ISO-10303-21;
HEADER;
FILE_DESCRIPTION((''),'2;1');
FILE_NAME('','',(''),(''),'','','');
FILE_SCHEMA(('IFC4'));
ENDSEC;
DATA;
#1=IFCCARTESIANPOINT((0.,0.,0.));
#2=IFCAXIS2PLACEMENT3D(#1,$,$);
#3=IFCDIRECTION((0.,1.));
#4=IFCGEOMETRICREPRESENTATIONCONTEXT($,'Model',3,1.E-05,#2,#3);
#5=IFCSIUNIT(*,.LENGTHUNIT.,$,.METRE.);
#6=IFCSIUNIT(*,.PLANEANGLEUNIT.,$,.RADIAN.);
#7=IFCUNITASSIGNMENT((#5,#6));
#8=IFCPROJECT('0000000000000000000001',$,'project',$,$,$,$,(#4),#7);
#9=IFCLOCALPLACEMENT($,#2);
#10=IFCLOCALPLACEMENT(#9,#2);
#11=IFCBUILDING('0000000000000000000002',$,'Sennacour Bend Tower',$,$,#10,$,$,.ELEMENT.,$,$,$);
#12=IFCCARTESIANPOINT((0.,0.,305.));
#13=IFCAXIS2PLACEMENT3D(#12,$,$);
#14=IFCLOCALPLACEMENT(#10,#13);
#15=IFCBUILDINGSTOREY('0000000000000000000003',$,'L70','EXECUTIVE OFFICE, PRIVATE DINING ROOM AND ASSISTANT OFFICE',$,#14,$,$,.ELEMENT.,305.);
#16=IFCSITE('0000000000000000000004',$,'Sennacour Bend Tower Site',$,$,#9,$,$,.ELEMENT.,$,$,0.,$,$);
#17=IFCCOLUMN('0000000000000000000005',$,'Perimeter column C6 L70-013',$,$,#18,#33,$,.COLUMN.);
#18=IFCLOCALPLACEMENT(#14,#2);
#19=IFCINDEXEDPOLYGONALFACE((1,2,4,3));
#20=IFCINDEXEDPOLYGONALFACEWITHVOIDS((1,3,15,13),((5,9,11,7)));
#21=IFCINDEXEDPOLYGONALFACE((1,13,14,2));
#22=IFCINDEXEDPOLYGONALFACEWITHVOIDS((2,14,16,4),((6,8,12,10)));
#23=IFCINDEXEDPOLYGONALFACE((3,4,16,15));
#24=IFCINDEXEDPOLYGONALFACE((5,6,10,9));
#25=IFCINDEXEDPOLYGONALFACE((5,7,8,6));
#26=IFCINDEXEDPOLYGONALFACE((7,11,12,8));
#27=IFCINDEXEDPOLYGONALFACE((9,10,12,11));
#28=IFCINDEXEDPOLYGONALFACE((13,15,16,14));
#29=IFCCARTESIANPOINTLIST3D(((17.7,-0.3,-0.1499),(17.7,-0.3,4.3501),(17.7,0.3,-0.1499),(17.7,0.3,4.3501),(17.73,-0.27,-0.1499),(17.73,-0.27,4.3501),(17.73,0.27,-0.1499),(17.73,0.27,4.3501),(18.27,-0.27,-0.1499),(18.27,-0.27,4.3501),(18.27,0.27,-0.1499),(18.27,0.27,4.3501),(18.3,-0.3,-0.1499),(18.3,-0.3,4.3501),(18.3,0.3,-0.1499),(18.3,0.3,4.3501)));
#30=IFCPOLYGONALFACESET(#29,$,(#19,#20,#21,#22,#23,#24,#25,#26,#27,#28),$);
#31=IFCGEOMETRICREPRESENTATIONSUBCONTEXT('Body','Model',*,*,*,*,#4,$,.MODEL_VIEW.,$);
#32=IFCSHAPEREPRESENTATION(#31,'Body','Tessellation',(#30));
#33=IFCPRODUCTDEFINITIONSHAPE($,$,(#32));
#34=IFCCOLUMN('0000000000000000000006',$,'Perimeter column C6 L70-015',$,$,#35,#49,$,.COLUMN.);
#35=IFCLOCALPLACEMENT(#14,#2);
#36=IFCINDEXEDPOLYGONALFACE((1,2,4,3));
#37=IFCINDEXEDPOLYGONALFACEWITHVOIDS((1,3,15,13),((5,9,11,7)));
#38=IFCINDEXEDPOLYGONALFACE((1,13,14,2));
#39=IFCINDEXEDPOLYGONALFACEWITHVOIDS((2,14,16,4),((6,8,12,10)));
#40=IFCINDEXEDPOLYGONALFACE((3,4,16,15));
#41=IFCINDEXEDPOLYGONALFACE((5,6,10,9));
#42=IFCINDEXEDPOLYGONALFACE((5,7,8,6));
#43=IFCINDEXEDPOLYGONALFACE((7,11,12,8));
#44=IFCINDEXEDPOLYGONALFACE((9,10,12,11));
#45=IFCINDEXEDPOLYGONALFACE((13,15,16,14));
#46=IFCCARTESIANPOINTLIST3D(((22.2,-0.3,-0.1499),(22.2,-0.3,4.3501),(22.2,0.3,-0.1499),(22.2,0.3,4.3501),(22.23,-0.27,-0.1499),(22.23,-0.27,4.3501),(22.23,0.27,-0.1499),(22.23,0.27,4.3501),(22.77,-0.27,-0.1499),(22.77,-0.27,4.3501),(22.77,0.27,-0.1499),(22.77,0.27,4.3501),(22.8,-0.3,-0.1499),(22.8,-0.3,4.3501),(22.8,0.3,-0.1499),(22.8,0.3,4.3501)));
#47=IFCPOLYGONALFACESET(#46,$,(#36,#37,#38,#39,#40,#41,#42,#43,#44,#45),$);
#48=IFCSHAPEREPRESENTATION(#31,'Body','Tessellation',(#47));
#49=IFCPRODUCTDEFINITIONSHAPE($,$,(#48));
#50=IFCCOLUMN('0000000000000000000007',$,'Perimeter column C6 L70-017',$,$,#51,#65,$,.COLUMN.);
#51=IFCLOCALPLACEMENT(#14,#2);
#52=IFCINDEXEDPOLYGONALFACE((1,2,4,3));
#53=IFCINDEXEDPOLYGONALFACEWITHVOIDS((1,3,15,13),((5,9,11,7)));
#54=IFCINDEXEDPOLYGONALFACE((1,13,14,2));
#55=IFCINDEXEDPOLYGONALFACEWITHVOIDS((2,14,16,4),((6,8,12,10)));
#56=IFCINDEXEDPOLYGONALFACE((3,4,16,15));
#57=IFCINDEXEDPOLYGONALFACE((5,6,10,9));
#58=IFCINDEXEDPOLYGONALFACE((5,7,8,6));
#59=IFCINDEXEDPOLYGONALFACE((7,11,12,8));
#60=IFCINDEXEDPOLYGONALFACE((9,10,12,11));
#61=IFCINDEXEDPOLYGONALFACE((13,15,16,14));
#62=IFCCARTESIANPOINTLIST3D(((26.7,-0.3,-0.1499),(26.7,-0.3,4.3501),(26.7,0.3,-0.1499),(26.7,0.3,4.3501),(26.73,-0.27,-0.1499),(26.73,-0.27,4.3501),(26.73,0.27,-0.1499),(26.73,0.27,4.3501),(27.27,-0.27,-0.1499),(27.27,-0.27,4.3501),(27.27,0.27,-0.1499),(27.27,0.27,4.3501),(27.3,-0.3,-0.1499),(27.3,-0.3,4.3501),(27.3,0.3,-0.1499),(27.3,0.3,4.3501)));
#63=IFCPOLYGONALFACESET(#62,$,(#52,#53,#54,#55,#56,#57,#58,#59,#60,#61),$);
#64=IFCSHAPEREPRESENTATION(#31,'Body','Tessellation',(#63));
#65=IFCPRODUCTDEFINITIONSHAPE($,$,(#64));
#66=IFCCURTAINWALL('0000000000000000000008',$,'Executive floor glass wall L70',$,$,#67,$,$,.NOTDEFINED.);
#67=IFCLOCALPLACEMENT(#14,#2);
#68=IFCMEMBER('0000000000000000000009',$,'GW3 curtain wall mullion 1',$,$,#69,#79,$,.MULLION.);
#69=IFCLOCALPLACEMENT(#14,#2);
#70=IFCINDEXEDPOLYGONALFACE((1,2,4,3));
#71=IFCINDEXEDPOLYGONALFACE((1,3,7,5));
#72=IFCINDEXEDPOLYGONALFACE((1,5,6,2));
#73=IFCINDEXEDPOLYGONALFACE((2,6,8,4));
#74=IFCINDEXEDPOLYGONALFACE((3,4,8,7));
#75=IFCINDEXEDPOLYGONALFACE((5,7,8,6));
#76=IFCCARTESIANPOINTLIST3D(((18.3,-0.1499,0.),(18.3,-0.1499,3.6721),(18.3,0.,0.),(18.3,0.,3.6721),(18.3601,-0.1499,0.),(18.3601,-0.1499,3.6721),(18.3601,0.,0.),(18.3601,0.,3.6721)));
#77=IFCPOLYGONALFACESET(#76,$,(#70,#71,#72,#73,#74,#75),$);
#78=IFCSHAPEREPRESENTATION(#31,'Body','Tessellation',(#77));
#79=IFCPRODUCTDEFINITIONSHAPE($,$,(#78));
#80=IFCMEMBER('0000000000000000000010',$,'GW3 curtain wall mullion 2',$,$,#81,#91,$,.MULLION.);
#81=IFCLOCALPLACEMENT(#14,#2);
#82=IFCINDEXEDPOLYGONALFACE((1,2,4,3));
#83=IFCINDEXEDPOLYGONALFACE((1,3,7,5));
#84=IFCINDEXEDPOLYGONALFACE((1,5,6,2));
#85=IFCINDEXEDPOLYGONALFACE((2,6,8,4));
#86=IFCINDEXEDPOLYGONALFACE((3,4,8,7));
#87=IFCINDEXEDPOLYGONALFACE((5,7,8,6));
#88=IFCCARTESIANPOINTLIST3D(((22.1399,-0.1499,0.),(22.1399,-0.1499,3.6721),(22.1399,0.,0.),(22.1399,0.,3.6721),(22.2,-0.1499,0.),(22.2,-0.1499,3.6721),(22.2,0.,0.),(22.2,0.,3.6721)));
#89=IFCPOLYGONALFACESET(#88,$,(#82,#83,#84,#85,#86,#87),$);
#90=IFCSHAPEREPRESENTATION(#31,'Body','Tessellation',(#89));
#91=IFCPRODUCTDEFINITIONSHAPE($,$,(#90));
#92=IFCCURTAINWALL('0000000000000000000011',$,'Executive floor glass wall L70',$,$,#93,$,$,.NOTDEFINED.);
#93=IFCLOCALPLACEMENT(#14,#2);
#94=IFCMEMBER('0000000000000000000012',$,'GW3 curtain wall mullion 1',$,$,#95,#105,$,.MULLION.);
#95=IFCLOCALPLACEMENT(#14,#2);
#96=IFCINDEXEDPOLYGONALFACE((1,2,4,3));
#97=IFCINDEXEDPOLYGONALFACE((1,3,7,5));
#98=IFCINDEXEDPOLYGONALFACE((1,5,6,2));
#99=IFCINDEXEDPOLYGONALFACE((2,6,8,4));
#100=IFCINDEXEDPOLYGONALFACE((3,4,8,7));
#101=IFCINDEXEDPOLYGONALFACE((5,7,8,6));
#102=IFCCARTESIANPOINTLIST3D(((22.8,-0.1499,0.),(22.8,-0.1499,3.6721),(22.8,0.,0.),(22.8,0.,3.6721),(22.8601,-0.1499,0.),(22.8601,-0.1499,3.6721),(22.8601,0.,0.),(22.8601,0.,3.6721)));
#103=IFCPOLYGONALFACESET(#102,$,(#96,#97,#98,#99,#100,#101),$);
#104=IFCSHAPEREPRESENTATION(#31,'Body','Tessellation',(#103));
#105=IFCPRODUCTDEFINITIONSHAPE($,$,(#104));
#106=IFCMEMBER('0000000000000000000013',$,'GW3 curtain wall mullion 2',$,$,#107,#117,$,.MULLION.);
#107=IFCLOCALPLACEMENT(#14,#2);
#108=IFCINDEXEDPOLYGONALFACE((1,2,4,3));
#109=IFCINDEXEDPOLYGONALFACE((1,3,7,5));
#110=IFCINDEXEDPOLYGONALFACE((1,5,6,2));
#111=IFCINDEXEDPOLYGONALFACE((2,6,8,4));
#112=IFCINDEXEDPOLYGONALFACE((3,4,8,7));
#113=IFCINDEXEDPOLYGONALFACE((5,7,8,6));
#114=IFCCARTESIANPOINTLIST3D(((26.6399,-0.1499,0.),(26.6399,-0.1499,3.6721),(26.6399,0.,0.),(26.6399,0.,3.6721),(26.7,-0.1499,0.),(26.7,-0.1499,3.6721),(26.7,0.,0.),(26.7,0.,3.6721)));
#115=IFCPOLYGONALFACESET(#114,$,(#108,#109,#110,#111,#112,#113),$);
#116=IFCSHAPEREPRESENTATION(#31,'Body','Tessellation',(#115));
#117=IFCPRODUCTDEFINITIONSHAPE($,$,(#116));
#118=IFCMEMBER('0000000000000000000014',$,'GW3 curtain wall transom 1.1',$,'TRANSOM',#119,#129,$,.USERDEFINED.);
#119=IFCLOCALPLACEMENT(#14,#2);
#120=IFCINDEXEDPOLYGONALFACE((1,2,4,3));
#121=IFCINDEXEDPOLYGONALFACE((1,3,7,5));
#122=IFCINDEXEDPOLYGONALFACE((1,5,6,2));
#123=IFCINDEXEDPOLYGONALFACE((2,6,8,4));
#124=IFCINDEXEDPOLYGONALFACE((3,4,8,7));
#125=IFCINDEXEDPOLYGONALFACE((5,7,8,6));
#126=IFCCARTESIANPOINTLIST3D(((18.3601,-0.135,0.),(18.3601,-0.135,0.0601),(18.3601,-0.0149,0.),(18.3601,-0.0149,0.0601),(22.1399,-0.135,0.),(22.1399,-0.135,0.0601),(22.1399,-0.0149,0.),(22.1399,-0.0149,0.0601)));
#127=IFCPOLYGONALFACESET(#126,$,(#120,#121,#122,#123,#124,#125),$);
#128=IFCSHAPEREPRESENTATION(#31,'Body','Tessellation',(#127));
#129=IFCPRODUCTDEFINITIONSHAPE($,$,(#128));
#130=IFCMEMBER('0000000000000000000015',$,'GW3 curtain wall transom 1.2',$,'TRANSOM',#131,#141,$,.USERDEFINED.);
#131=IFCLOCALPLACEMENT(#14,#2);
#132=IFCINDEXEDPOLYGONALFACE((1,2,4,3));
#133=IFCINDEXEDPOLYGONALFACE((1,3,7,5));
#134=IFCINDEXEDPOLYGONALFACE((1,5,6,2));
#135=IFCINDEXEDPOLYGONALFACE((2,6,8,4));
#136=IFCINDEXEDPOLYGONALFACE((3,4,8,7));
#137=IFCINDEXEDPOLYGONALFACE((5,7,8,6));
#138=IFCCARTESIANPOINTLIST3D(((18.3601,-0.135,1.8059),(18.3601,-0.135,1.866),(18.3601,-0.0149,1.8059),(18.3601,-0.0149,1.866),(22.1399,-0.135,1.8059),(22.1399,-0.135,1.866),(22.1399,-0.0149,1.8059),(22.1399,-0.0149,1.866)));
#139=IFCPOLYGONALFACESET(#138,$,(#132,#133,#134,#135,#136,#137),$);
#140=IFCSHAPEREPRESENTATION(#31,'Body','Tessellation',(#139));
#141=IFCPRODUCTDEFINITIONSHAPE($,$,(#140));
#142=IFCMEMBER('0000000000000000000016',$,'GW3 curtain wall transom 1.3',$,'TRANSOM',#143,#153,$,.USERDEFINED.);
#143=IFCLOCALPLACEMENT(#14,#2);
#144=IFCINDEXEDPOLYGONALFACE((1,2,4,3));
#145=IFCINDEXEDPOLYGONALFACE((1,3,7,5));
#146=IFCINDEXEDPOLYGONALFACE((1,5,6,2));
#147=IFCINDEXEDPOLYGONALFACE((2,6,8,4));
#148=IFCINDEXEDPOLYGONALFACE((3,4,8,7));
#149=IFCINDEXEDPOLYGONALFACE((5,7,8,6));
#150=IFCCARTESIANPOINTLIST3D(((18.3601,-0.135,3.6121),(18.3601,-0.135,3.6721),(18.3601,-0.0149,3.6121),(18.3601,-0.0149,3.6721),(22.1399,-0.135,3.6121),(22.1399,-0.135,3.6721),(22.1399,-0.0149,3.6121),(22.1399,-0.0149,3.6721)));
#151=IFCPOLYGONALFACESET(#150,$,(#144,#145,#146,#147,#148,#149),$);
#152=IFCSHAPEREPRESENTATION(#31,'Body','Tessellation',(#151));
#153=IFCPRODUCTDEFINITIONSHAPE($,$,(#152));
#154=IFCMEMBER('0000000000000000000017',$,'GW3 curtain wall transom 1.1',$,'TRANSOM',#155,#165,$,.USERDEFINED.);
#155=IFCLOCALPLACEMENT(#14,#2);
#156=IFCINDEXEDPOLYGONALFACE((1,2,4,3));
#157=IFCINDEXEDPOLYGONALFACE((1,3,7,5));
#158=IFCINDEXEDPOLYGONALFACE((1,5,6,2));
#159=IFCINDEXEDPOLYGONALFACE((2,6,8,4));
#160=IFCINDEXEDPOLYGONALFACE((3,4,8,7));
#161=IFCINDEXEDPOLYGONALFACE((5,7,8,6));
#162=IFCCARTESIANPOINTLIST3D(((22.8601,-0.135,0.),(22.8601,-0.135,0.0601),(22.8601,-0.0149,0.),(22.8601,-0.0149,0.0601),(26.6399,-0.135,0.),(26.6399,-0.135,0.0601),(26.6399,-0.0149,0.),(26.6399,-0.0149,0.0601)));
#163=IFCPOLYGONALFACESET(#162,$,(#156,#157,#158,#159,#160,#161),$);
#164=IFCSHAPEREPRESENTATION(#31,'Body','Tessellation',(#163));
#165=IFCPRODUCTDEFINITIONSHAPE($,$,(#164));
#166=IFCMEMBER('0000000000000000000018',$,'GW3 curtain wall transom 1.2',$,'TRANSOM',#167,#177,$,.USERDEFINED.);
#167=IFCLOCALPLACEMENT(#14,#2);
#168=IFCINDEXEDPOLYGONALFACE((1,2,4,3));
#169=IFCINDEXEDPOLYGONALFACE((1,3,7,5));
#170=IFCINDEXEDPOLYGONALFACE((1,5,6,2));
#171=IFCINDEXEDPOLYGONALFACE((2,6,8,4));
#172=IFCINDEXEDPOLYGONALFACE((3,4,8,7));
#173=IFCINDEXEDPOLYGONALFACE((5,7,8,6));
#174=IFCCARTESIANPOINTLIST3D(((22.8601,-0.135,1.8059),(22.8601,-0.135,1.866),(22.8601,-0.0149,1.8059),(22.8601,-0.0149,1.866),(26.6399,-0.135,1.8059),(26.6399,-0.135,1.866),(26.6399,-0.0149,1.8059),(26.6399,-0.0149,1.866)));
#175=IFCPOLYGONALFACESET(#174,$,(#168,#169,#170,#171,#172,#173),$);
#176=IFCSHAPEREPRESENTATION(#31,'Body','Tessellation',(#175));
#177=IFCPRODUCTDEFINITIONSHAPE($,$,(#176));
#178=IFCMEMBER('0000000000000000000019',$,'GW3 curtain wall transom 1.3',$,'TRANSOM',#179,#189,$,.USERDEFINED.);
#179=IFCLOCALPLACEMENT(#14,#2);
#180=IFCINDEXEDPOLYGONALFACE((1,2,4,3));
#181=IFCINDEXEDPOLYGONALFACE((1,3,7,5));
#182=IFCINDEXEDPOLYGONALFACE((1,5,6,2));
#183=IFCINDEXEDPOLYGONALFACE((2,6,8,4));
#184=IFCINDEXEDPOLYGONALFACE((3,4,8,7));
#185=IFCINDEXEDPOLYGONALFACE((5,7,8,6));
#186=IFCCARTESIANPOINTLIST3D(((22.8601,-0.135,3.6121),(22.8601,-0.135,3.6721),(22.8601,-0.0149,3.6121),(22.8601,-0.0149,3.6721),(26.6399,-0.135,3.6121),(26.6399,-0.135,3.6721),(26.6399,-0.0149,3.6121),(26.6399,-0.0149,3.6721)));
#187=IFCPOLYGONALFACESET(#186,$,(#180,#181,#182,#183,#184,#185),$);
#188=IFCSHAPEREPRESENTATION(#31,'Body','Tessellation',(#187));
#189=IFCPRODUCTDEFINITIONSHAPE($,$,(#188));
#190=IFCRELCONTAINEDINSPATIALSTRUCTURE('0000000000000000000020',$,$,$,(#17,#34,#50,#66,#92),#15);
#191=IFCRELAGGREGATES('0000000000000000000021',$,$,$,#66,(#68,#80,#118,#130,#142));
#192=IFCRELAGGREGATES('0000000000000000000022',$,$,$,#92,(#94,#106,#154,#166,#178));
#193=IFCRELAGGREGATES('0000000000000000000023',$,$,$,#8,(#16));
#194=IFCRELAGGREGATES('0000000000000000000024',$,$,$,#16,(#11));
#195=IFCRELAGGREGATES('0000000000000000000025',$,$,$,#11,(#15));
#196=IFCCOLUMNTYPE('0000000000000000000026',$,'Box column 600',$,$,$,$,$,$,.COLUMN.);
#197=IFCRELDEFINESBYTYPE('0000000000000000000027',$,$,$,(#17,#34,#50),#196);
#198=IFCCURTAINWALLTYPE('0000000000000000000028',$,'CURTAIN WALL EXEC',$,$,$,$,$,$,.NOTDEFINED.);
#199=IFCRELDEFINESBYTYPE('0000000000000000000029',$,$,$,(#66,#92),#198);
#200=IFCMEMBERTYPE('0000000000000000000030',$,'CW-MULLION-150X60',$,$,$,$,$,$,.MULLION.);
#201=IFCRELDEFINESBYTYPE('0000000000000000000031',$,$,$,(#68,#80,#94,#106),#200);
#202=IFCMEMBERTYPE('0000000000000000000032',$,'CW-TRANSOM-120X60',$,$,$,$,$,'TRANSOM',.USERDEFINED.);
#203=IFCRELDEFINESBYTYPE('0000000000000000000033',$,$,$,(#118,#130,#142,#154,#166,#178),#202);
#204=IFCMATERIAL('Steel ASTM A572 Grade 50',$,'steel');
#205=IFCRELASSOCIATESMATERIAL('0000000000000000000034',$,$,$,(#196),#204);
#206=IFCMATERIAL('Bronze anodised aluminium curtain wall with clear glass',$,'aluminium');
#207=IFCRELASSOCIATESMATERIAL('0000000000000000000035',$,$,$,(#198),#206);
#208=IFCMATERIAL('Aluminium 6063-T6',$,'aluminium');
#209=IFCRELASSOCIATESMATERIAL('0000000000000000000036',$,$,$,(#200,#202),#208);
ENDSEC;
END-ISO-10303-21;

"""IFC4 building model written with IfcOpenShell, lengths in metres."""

from ifc_helpers import new_model, si_unit, direction, frame, origin, origin_2d, place, context, subcontext, project, spatial, rectangle, hollow_rectangle, extrude, material, material_profile, profile_set, type_object, element, aggregate, save


model = new_model("IFC4")

# Units and contexts
model_context = context("Model", 3, precision=1e-05, world=origin(), true_north=direction((0.0, 1.0)))
body_context = subcontext(model_context, "Body", "Model", "MODEL_VIEW")
ifc_project = project(units=[si_unit("LENGTHUNIT", "METRE"), si_unit("PLANEANGLEUNIT", "RADIAN")], contexts=[model_context])

# Site, building, storey
site_placement = place(None, origin())
site = spatial("IfcSite", under=ifc_project, at=site_placement, Name="Sennacour Bend Tower Site", CompositionType="ELEMENT", RefElevation=0.0)
building_placement = place(site_placement, origin())
building = spatial("IfcBuilding", under=site, at=building_placement, Name="Sennacour Bend Tower", CompositionType="ELEMENT")
storey_placement = place(building_placement, frame((0.0, 0.0, 305.0)))
storey = spatial("IfcBuildingStorey", under=building, at=storey_placement, Name="L70", Description="EXECUTIVE OFFICE, PRIVATE DINING ROOM AND ASSISTANT OFFICE", CompositionType="ELEMENT", Elevation=305.0)

# Columns
ifc_material_1 = material(Name="Steel ASTM A572 Grade 50", Category="steel")
ifc_material_profile_1 = material_profile(ifc_material_1, hollow_rectangle(XDim=0.6001, YDim=0.6001, WallThickness=0.03, at=origin_2d()), Name="Steel ASTM A572 Grade 50", Category="steel")
ifc_profile_set_1 = profile_set([ifc_material_profile_1], Name="Steel ASTM A572 Grade 50")
column_type = type_object("IfcColumnType", Name="Box column 600", PredefinedType="COLUMN", material=ifc_profile_set_1)
for number, where, z_axis, x_axis, name in (
    (1, (18.0, 0.0, -0.1499), (0.0, 0.0, 1.0), (1.0, 0.0, 0.0), "Perimeter column C6 L70-013"),
    (2, (22.5, 0.0, -0.1499), (0.0, 0.0, 1.0), (1.0, 0.0, 0.0), "Perimeter column C6 L70-015"),
    (3, (27.0, 0.0, -0.1499), (0.0, 0.0, 1.0), (1.0, 0.0, 0.0), "Perimeter column C6 L70-017"),
):
    element("IfcColumn", number, at=place(storey_placement, frame(where, z_axis=z_axis, x_axis=x_axis)), inside=storey, type_object=column_type, Name=name, PredefinedType="COLUMN", context=body_context, shape_type="SweptSolid", body=[
        extrude(hollow_rectangle(XDim=0.6001, YDim=0.6001, WallThickness=0.03, at=origin_2d()), origin(), (0.0, 0.0, 1.0), 4.5),
    ])

# Curtain walls, members
ifc_material_2 = material(Name="Bronze anodised aluminium curtain wall with clear glass", Category="aluminium")
curtain_wall_type = type_object("IfcCurtainWallType", Name="CURTAIN WALL EXEC", PredefinedType="NOTDEFINED", material=ifc_material_2)
curtain_wall_1_placement = place(storey_placement, origin())
curtain_wall_1 = element("IfcCurtainWall", 4, at=curtain_wall_1_placement, inside=storey, type_object=curtain_wall_type, Name="Executive floor glass wall L70", PredefinedType="NOTDEFINED")
ifc_material_3 = material(Name="Aluminium 6063-T6", Category="aluminium")
ifc_material_profile_2 = material_profile(ifc_material_3, rectangle(XDim=0.1499, YDim=0.0601, at=origin_2d()), Name="Aluminium 6063-T6", Category="aluminium")
ifc_profile_set_2 = profile_set([ifc_material_profile_2], Name="Aluminium 6063-T6")
member_type_1 = type_object("IfcMemberType", Name="CW-MULLION-150X60", PredefinedType="MULLION", material=ifc_profile_set_2)
member_1_placement = place(storey_placement, frame((18.3301, -0.075, 0.0), z_axis=(0.0, 0.0, 1.0), x_axis=(0.0, 1.0, 0.0)))
member_1 = element("IfcMember", 5, at=member_1_placement, type_object=member_type_1, Name="GW3 curtain wall mullion 1", PredefinedType="MULLION", context=body_context, shape_type="SweptSolid", body=[
    extrude(rectangle(XDim=0.1499, YDim=0.0601, at=origin_2d()), origin(), (0.0, 0.0, 1.0), 3.6721),
])
member_2_placement = place(storey_placement, frame((22.1699, -0.075, 0.0), z_axis=(0.0, 0.0, 1.0), x_axis=(0.0, 1.0, 0.0)))
member_2 = element("IfcMember", 6, at=member_2_placement, type_object=member_type_1, Name="GW3 curtain wall mullion 2", PredefinedType="MULLION", context=body_context, shape_type="SweptSolid", body=[
    extrude(rectangle(XDim=0.1499, YDim=0.0601, at=origin_2d()), origin(), (0.0, 0.0, 1.0), 3.6721),
])
curtain_wall_2_placement = place(storey_placement, origin())
curtain_wall_2 = element("IfcCurtainWall", 7, at=curtain_wall_2_placement, inside=storey, type_object=curtain_wall_type, Name="Executive floor glass wall L70", PredefinedType="NOTDEFINED")
member_3_placement = place(storey_placement, frame((22.8301, -0.075, 0.0), z_axis=(0.0, 0.0, 1.0), x_axis=(0.0, 1.0, 0.0)))
member_3 = element("IfcMember", 8, at=member_3_placement, type_object=member_type_1, Name="GW3 curtain wall mullion 1", PredefinedType="MULLION", context=body_context, shape_type="SweptSolid", body=[
    extrude(rectangle(XDim=0.1499, YDim=0.0601, at=origin_2d()), origin(), (0.0, 0.0, 1.0), 3.6721),
])
member_4_placement = place(storey_placement, frame((26.6699, -0.075, 0.0), z_axis=(0.0, 0.0, 1.0), x_axis=(0.0, 1.0, 0.0)))
member_4 = element("IfcMember", 9, at=member_4_placement, type_object=member_type_1, Name="GW3 curtain wall mullion 2", PredefinedType="MULLION", context=body_context, shape_type="SweptSolid", body=[
    extrude(rectangle(XDim=0.1499, YDim=0.0601, at=origin_2d()), origin(), (0.0, 0.0, 1.0), 3.6721),
])

# Members
ifc_material_profile_3 = material_profile(ifc_material_3, rectangle(XDim=0.1201, YDim=0.0601, at=origin_2d()), Name="Aluminium 6063-T6", Category="aluminium")
ifc_profile_set_3 = profile_set([ifc_material_profile_3], Name="Aluminium 6063-T6")
member_type_2 = type_object("IfcMemberType", Name="CW-TRANSOM-120X60", ElementType="TRANSOM", PredefinedType="USERDEFINED", material=ifc_profile_set_3)
member_5_placement = place(storey_placement, frame((18.3601, -0.075, 0.03), z_axis=(1.0, 0.0, 0.0), x_axis=(0.0, 1.0, 0.0)))
member_5 = element("IfcMember", 10, at=member_5_placement, type_object=member_type_2, Name="GW3 curtain wall transom 1.1", ObjectType="TRANSOM", PredefinedType="USERDEFINED", context=body_context, shape_type="SweptSolid", body=[
    extrude(rectangle(XDim=0.1201, YDim=0.0601, at=origin_2d()), origin(), (0.0, 0.0, 1.0), 3.7798),
])
member_6_placement = place(storey_placement, frame((18.3601, -0.075, 1.8359), z_axis=(1.0, 0.0, 0.0), x_axis=(0.0, 1.0, 0.0)))
member_6 = element("IfcMember", 11, at=member_6_placement, type_object=member_type_2, Name="GW3 curtain wall transom 1.2", ObjectType="TRANSOM", PredefinedType="USERDEFINED", context=body_context, shape_type="SweptSolid", body=[
    extrude(rectangle(XDim=0.1201, YDim=0.0601, at=origin_2d()), origin(), (0.0, 0.0, 1.0), 3.7798),
])
member_7_placement = place(storey_placement, frame((18.3601, -0.075, 3.6421), z_axis=(1.0, 0.0, 0.0), x_axis=(0.0, 1.0, 0.0)))
member_7 = element("IfcMember", 12, at=member_7_placement, type_object=member_type_2, Name="GW3 curtain wall transom 1.3", ObjectType="TRANSOM", PredefinedType="USERDEFINED", context=body_context, shape_type="SweptSolid", body=[
    extrude(rectangle(XDim=0.1201, YDim=0.0601, at=origin_2d()), origin(), (0.0, 0.0, 1.0), 3.7798),
])
member_8_placement = place(storey_placement, frame((22.8601, -0.075, 0.03), z_axis=(1.0, 0.0, 0.0), x_axis=(0.0, 1.0, 0.0)))
member_8 = element("IfcMember", 13, at=member_8_placement, type_object=member_type_2, Name="GW3 curtain wall transom 1.1", ObjectType="TRANSOM", PredefinedType="USERDEFINED", context=body_context, shape_type="SweptSolid", body=[
    extrude(rectangle(XDim=0.1201, YDim=0.0601, at=origin_2d()), origin(), (0.0, 0.0, 1.0), 3.7798),
])
member_9_placement = place(storey_placement, frame((22.8601, -0.075, 1.8359), z_axis=(1.0, 0.0, 0.0), x_axis=(0.0, 1.0, 0.0)))
member_9 = element("IfcMember", 14, at=member_9_placement, type_object=member_type_2, Name="GW3 curtain wall transom 1.2", ObjectType="TRANSOM", PredefinedType="USERDEFINED", context=body_context, shape_type="SweptSolid", body=[
    extrude(rectangle(XDim=0.1201, YDim=0.0601, at=origin_2d()), origin(), (0.0, 0.0, 1.0), 3.7798),
])
member_10_placement = place(storey_placement, frame((22.8601, -0.075, 3.6421), z_axis=(1.0, 0.0, 0.0), x_axis=(0.0, 1.0, 0.0)))
member_10 = element("IfcMember", 15, at=member_10_placement, type_object=member_type_2, Name="GW3 curtain wall transom 1.3", ObjectType="TRANSOM", PredefinedType="USERDEFINED", context=body_context, shape_type="SweptSolid", body=[
    extrude(rectangle(XDim=0.1201, YDim=0.0601, at=origin_2d()), origin(), (0.0, 0.0, 1.0), 3.7798),
])

aggregate(curtain_wall_1, [member_1, member_2, member_5, member_6, member_7])
aggregate(curtain_wall_2, [member_3, member_4, member_8, member_9, member_10])

save(model, "model.ifc")
